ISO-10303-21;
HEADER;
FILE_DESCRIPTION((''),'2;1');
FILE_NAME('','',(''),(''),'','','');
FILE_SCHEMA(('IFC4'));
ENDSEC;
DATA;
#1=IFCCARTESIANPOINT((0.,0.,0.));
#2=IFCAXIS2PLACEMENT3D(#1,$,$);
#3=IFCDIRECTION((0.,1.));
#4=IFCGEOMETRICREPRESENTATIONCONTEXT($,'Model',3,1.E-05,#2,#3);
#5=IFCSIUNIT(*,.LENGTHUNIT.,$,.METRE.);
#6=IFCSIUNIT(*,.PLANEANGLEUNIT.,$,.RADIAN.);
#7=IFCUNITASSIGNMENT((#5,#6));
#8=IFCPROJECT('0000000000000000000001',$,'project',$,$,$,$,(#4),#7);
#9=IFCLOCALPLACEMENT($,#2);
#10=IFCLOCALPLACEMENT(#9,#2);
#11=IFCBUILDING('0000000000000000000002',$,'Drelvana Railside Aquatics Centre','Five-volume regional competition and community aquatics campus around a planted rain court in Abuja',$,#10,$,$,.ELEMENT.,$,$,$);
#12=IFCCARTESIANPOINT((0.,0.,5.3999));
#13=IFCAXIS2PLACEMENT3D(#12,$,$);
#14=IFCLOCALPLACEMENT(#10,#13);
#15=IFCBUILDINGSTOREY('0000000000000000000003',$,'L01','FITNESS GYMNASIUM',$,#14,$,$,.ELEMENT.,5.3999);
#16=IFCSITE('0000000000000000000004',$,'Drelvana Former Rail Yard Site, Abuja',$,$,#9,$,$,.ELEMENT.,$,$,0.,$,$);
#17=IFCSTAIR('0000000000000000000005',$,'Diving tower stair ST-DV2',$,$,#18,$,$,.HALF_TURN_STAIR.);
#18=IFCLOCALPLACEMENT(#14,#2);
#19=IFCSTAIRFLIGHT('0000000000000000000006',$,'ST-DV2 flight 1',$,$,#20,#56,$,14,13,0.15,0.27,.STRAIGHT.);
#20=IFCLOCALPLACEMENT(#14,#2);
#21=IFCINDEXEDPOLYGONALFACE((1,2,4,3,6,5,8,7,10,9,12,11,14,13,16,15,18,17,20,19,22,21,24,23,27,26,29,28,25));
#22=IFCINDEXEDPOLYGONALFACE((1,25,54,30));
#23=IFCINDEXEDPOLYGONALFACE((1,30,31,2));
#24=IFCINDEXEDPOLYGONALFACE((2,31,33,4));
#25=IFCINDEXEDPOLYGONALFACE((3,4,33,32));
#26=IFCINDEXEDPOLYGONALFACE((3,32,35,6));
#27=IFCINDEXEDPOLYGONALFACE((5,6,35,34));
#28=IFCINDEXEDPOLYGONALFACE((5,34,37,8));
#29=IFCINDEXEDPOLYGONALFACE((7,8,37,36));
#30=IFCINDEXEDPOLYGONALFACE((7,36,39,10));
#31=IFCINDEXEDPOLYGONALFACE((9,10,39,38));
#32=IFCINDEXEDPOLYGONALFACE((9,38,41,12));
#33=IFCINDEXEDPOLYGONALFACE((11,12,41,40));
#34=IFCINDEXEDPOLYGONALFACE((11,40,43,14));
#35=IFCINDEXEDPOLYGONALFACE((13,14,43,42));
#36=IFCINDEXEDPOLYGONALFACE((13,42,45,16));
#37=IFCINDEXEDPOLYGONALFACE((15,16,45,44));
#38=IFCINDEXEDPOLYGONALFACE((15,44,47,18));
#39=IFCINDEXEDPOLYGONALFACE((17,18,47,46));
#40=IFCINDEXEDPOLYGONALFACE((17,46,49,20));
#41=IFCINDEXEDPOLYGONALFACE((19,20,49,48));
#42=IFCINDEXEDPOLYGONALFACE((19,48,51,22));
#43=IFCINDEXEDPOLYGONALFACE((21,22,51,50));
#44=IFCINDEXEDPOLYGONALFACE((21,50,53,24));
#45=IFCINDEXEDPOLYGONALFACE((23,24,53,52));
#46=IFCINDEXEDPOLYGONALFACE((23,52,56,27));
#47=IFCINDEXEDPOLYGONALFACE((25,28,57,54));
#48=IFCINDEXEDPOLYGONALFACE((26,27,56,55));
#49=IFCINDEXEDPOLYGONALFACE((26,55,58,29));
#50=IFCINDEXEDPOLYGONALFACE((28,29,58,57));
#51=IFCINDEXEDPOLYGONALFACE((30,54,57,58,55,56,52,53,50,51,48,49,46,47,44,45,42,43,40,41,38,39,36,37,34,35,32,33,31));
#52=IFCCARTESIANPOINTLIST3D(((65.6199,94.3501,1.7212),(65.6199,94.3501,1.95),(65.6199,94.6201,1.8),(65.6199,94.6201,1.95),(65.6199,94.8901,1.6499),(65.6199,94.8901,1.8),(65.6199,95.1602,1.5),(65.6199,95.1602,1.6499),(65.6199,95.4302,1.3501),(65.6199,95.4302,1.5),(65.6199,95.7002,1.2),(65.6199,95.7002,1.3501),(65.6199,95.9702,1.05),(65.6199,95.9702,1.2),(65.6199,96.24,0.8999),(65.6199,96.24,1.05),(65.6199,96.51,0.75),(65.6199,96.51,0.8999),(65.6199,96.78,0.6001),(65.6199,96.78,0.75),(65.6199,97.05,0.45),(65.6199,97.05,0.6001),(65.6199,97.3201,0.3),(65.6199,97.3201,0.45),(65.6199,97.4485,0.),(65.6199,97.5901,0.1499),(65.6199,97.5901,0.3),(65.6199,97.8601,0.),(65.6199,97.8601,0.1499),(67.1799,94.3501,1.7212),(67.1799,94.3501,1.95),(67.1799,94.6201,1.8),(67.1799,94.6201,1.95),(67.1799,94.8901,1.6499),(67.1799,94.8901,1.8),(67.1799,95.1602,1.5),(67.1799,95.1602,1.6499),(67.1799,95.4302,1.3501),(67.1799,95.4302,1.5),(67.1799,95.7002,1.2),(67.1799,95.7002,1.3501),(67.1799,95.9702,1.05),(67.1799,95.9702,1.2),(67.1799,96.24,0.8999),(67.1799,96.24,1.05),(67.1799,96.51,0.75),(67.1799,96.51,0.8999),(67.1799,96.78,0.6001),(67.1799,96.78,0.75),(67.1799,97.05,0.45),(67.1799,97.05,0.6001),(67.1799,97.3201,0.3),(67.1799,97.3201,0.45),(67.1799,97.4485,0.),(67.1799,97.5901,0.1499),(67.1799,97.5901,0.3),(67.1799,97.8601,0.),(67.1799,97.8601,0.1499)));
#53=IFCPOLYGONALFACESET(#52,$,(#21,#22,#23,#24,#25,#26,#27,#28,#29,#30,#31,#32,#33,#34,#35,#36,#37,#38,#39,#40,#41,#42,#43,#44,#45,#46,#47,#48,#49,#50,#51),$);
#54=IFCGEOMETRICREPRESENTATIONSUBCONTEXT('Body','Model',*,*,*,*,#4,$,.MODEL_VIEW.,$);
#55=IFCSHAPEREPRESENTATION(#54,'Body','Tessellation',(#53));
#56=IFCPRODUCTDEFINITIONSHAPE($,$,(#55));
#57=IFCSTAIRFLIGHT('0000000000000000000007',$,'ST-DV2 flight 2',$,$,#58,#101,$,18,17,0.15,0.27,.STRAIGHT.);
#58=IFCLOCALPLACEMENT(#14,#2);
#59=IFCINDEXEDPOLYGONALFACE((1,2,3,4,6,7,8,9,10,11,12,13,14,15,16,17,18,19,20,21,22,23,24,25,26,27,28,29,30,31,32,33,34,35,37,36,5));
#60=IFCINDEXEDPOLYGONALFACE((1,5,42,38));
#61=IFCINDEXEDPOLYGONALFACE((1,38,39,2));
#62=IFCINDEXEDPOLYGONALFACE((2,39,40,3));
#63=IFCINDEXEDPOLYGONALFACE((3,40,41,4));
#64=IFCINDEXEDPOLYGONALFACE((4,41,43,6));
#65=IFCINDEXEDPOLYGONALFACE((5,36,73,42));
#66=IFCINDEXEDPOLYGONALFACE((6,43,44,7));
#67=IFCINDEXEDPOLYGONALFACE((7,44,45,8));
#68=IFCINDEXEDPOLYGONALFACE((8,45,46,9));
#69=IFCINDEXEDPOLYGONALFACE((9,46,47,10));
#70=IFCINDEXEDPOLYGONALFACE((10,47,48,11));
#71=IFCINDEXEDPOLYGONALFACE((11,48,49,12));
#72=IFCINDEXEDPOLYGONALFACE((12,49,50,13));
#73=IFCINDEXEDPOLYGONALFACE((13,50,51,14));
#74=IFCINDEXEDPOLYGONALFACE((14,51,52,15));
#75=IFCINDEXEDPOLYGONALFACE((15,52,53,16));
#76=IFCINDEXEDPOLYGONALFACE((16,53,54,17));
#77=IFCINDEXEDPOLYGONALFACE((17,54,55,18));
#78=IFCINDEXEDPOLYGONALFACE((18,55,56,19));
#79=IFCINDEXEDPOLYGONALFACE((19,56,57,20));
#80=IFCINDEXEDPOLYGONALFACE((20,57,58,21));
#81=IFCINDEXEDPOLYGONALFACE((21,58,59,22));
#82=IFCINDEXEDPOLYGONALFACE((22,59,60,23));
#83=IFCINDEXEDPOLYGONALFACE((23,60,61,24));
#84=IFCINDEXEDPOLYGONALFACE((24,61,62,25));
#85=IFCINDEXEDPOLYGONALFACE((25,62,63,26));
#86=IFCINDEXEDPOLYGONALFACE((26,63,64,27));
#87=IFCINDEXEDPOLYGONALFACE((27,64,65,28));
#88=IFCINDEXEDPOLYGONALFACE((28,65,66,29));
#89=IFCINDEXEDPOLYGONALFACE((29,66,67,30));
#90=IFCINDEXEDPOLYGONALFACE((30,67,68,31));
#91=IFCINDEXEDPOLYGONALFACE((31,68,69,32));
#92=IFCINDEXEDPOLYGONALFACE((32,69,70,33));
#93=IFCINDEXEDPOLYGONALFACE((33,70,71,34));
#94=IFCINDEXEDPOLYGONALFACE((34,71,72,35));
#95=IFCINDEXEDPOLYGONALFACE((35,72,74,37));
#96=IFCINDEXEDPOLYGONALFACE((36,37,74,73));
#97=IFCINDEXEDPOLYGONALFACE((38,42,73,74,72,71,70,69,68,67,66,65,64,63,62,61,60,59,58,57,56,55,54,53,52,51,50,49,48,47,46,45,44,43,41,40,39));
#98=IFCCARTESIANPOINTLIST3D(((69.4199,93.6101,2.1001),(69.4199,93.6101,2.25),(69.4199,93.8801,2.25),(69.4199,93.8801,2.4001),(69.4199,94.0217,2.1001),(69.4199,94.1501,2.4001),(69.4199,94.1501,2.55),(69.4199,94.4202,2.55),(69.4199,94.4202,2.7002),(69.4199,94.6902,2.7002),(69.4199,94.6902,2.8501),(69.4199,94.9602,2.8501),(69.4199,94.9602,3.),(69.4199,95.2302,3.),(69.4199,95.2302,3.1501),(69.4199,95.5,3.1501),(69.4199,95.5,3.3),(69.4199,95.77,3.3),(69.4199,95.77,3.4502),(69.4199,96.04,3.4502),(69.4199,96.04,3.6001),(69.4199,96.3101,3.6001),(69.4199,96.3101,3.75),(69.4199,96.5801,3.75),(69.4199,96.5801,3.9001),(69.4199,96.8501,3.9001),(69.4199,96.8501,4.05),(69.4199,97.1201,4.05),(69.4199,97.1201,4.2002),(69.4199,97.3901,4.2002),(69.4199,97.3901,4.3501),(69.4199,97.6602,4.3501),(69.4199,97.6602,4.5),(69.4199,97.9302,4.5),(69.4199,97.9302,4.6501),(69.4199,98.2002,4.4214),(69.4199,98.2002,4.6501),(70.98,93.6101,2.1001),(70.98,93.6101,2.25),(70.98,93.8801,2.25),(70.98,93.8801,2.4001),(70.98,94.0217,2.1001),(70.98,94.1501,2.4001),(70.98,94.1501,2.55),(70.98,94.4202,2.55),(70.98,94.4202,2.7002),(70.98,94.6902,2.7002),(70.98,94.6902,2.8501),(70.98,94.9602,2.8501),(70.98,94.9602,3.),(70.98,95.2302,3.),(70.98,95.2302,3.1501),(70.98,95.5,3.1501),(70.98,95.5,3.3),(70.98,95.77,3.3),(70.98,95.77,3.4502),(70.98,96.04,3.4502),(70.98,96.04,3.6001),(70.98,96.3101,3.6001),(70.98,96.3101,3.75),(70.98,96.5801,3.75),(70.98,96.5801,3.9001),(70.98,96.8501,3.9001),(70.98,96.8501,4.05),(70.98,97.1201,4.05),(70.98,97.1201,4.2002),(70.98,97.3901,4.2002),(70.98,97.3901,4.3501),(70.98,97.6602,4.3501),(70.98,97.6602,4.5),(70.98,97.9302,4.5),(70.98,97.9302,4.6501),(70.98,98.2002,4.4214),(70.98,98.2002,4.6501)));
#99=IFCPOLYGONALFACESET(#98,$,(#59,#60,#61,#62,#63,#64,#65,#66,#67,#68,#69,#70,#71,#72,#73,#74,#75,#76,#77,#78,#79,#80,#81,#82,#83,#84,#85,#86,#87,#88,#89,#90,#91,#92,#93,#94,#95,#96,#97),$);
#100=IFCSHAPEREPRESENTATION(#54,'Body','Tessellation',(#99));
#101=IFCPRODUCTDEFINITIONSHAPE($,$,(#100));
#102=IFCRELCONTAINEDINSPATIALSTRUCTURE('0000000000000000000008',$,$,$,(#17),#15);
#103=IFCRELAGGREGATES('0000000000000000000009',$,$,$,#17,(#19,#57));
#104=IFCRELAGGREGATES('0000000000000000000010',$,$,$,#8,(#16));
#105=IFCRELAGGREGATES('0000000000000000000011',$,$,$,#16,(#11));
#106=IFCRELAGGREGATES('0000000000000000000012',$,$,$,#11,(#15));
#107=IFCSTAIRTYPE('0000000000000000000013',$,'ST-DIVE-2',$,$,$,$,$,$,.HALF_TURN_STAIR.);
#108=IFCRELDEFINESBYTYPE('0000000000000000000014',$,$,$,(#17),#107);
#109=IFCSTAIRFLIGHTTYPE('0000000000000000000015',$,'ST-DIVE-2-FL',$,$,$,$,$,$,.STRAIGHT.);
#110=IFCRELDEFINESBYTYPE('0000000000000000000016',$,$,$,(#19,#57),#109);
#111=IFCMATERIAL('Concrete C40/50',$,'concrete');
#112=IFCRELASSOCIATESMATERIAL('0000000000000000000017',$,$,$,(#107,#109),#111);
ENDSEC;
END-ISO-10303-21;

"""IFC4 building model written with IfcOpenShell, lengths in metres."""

from ifc_helpers import new_model, si_unit, direction, frame, origin, place, context, subcontext, project, spatial, polyline, outline, extrude, material, type_object, element, aggregate, save


model = new_model("IFC4")

# Units and contexts
model_context = context("Model", 3, precision=1e-05, world=origin(), true_north=direction((0.0, 1.0)))
body_context = subcontext(model_context, "Body", "Model", "MODEL_VIEW")
ifc_project = project(units=[si_unit("LENGTHUNIT", "METRE"), si_unit("PLANEANGLEUNIT", "RADIAN")], contexts=[model_context])

# Site, building, storey
site_placement = place(None, origin())
site = spatial("IfcSite", under=ifc_project, at=site_placement, Name="Drelvana Former Rail Yard Site, Abuja", CompositionType="ELEMENT", RefElevation=0.0)
building_placement = place(site_placement, origin())
building = spatial("IfcBuilding", under=site, at=building_placement, Name="Drelvana Railside Aquatics Centre", Description="Five-volume regional competition and community aquatics campus around a planted rain court in Abuja", CompositionType="ELEMENT")
storey_placement = place(building_placement, frame((0.0, 0.0, 5.3999)))
storey = spatial("IfcBuildingStorey", under=building, at=storey_placement, Name="L01", Description="FITNESS GYMNASIUM", CompositionType="ELEMENT", Elevation=5.3999)

# Shared definitions
ifc_material_1 = material(Name="Concrete C40/50", Category="concrete")

# Stair, stair flights
stair_type = type_object("IfcStairType", Name="ST-DIVE-2", PredefinedType="HALF_TURN_STAIR", material=ifc_material_1)
stair_placement = place(storey_placement, origin())
stair = element("IfcStair", 1, at=stair_placement, inside=storey, type_object=stair_type, Name="Diving tower stair ST-DV2", PredefinedType="HALF_TURN_STAIR")
stair_flight_type = type_object("IfcStairFlightType", Name="ST-DIVE-2-FL", PredefinedType="STRAIGHT", material=ifc_material_1)
stair_flight_1_placement = place(storey_placement, frame((66.3999, 97.8601, 0.0), z_axis=(0.0, 0.0, 1.0), x_axis=(0.0, -1.0, 0.0)))
stair_flight_1 = element("IfcStairFlight", 2, at=stair_flight_1_placement, type_object=stair_flight_type, Name="ST-DV2 flight 1", NumberOfRisers=14, NumberOfTreads=13, PredefinedType="STRAIGHT", RiserHeight=0.15, TreadLength=0.27, context=body_context, shape_type="SweptSolid", body=[
    extrude(outline(polyline([(0.0, 0.0), (0.0, 0.1499), (0.27, 0.1499), (0.27, 0.3), (0.54, 0.3), (0.54, 0.45), (0.8101, 0.45), (0.8101, 0.6001), (1.0801, 0.6001), (1.0801, 0.75), (1.3501, 0.75), (1.3501, 0.8999), (1.6201, 0.8999), (1.6201, 1.05), (1.8899, 1.05), (1.8899, 1.2), (2.1599, 1.2), (2.1599, 1.3501), (2.4299, 1.3501), (2.4299, 1.5), (2.7, 1.5), (2.7, 1.6499), (2.97, 1.6499), (2.97, 1.8), (3.24, 1.8), (3.24, 1.95), (3.51, 1.95), (3.51, 2.1001), (3.51, 1.7212), (0.4116, 0.0), (0.0, 0.0)])), frame((0.0, 0.78, 0.0), z_axis=(0.0, -1.0, 0.0), x_axis=(1.0, 0.0, 0.0)), (0.0, 0.0, 1.0), 1.5601),
])
stair_flight_2_placement = place(storey_placement, frame((70.2, 93.6101, 2.1001), z_axis=(0.0, 0.0, 1.0), x_axis=(0.0, 1.0, 0.0)))
stair_flight_2 = element("IfcStairFlight", 3, at=stair_flight_2_placement, type_object=stair_flight_type, Name="ST-DV2 flight 2", NumberOfRisers=18, NumberOfTreads=17, PredefinedType="STRAIGHT", RiserHeight=0.15, TreadLength=0.27, context=body_context, shape_type="SweptSolid", body=[
    extrude(outline(polyline([(0.0, 0.0), (0.0, 0.1499), (0.27, 0.1499), (0.27, 0.3), (0.54, 0.3), (0.54, 0.45), (0.8101, 0.45), (0.8101, 0.6001), (1.0801, 0.6001), (1.0801, 0.75), (1.3501, 0.75), (1.3501, 0.8999), (1.6201, 0.8999), (1.6201, 1.05), (1.8899, 1.05), (1.8899, 1.2), (2.1599, 1.2), (2.1599, 1.3501), (2.4299, 1.3501), (2.4299, 1.5), (2.7, 1.5), (2.7, 1.6499), (2.97, 1.6499), (2.97, 1.8), (3.24, 1.8), (3.24, 1.95), (3.51, 1.95), (3.51, 2.1001), (3.78, 2.1001), (3.78, 2.25), (4.05, 2.25), (4.05, 2.3999), (4.3201, 2.3999), (4.3201, 2.55), (4.5901, 2.55), (4.5901, 2.7), (4.5901, 2.3213), (0.4116, 0.0), (0.0, 0.0)])), frame((0.0, 0.78, 0.0), z_axis=(0.0, -1.0, 0.0), x_axis=(1.0, 0.0, 0.0)), (0.0, 0.0, 1.0), 1.5601),
])
aggregate(stair, [stair_flight_1, stair_flight_2])

save(model, "model.ifc")
